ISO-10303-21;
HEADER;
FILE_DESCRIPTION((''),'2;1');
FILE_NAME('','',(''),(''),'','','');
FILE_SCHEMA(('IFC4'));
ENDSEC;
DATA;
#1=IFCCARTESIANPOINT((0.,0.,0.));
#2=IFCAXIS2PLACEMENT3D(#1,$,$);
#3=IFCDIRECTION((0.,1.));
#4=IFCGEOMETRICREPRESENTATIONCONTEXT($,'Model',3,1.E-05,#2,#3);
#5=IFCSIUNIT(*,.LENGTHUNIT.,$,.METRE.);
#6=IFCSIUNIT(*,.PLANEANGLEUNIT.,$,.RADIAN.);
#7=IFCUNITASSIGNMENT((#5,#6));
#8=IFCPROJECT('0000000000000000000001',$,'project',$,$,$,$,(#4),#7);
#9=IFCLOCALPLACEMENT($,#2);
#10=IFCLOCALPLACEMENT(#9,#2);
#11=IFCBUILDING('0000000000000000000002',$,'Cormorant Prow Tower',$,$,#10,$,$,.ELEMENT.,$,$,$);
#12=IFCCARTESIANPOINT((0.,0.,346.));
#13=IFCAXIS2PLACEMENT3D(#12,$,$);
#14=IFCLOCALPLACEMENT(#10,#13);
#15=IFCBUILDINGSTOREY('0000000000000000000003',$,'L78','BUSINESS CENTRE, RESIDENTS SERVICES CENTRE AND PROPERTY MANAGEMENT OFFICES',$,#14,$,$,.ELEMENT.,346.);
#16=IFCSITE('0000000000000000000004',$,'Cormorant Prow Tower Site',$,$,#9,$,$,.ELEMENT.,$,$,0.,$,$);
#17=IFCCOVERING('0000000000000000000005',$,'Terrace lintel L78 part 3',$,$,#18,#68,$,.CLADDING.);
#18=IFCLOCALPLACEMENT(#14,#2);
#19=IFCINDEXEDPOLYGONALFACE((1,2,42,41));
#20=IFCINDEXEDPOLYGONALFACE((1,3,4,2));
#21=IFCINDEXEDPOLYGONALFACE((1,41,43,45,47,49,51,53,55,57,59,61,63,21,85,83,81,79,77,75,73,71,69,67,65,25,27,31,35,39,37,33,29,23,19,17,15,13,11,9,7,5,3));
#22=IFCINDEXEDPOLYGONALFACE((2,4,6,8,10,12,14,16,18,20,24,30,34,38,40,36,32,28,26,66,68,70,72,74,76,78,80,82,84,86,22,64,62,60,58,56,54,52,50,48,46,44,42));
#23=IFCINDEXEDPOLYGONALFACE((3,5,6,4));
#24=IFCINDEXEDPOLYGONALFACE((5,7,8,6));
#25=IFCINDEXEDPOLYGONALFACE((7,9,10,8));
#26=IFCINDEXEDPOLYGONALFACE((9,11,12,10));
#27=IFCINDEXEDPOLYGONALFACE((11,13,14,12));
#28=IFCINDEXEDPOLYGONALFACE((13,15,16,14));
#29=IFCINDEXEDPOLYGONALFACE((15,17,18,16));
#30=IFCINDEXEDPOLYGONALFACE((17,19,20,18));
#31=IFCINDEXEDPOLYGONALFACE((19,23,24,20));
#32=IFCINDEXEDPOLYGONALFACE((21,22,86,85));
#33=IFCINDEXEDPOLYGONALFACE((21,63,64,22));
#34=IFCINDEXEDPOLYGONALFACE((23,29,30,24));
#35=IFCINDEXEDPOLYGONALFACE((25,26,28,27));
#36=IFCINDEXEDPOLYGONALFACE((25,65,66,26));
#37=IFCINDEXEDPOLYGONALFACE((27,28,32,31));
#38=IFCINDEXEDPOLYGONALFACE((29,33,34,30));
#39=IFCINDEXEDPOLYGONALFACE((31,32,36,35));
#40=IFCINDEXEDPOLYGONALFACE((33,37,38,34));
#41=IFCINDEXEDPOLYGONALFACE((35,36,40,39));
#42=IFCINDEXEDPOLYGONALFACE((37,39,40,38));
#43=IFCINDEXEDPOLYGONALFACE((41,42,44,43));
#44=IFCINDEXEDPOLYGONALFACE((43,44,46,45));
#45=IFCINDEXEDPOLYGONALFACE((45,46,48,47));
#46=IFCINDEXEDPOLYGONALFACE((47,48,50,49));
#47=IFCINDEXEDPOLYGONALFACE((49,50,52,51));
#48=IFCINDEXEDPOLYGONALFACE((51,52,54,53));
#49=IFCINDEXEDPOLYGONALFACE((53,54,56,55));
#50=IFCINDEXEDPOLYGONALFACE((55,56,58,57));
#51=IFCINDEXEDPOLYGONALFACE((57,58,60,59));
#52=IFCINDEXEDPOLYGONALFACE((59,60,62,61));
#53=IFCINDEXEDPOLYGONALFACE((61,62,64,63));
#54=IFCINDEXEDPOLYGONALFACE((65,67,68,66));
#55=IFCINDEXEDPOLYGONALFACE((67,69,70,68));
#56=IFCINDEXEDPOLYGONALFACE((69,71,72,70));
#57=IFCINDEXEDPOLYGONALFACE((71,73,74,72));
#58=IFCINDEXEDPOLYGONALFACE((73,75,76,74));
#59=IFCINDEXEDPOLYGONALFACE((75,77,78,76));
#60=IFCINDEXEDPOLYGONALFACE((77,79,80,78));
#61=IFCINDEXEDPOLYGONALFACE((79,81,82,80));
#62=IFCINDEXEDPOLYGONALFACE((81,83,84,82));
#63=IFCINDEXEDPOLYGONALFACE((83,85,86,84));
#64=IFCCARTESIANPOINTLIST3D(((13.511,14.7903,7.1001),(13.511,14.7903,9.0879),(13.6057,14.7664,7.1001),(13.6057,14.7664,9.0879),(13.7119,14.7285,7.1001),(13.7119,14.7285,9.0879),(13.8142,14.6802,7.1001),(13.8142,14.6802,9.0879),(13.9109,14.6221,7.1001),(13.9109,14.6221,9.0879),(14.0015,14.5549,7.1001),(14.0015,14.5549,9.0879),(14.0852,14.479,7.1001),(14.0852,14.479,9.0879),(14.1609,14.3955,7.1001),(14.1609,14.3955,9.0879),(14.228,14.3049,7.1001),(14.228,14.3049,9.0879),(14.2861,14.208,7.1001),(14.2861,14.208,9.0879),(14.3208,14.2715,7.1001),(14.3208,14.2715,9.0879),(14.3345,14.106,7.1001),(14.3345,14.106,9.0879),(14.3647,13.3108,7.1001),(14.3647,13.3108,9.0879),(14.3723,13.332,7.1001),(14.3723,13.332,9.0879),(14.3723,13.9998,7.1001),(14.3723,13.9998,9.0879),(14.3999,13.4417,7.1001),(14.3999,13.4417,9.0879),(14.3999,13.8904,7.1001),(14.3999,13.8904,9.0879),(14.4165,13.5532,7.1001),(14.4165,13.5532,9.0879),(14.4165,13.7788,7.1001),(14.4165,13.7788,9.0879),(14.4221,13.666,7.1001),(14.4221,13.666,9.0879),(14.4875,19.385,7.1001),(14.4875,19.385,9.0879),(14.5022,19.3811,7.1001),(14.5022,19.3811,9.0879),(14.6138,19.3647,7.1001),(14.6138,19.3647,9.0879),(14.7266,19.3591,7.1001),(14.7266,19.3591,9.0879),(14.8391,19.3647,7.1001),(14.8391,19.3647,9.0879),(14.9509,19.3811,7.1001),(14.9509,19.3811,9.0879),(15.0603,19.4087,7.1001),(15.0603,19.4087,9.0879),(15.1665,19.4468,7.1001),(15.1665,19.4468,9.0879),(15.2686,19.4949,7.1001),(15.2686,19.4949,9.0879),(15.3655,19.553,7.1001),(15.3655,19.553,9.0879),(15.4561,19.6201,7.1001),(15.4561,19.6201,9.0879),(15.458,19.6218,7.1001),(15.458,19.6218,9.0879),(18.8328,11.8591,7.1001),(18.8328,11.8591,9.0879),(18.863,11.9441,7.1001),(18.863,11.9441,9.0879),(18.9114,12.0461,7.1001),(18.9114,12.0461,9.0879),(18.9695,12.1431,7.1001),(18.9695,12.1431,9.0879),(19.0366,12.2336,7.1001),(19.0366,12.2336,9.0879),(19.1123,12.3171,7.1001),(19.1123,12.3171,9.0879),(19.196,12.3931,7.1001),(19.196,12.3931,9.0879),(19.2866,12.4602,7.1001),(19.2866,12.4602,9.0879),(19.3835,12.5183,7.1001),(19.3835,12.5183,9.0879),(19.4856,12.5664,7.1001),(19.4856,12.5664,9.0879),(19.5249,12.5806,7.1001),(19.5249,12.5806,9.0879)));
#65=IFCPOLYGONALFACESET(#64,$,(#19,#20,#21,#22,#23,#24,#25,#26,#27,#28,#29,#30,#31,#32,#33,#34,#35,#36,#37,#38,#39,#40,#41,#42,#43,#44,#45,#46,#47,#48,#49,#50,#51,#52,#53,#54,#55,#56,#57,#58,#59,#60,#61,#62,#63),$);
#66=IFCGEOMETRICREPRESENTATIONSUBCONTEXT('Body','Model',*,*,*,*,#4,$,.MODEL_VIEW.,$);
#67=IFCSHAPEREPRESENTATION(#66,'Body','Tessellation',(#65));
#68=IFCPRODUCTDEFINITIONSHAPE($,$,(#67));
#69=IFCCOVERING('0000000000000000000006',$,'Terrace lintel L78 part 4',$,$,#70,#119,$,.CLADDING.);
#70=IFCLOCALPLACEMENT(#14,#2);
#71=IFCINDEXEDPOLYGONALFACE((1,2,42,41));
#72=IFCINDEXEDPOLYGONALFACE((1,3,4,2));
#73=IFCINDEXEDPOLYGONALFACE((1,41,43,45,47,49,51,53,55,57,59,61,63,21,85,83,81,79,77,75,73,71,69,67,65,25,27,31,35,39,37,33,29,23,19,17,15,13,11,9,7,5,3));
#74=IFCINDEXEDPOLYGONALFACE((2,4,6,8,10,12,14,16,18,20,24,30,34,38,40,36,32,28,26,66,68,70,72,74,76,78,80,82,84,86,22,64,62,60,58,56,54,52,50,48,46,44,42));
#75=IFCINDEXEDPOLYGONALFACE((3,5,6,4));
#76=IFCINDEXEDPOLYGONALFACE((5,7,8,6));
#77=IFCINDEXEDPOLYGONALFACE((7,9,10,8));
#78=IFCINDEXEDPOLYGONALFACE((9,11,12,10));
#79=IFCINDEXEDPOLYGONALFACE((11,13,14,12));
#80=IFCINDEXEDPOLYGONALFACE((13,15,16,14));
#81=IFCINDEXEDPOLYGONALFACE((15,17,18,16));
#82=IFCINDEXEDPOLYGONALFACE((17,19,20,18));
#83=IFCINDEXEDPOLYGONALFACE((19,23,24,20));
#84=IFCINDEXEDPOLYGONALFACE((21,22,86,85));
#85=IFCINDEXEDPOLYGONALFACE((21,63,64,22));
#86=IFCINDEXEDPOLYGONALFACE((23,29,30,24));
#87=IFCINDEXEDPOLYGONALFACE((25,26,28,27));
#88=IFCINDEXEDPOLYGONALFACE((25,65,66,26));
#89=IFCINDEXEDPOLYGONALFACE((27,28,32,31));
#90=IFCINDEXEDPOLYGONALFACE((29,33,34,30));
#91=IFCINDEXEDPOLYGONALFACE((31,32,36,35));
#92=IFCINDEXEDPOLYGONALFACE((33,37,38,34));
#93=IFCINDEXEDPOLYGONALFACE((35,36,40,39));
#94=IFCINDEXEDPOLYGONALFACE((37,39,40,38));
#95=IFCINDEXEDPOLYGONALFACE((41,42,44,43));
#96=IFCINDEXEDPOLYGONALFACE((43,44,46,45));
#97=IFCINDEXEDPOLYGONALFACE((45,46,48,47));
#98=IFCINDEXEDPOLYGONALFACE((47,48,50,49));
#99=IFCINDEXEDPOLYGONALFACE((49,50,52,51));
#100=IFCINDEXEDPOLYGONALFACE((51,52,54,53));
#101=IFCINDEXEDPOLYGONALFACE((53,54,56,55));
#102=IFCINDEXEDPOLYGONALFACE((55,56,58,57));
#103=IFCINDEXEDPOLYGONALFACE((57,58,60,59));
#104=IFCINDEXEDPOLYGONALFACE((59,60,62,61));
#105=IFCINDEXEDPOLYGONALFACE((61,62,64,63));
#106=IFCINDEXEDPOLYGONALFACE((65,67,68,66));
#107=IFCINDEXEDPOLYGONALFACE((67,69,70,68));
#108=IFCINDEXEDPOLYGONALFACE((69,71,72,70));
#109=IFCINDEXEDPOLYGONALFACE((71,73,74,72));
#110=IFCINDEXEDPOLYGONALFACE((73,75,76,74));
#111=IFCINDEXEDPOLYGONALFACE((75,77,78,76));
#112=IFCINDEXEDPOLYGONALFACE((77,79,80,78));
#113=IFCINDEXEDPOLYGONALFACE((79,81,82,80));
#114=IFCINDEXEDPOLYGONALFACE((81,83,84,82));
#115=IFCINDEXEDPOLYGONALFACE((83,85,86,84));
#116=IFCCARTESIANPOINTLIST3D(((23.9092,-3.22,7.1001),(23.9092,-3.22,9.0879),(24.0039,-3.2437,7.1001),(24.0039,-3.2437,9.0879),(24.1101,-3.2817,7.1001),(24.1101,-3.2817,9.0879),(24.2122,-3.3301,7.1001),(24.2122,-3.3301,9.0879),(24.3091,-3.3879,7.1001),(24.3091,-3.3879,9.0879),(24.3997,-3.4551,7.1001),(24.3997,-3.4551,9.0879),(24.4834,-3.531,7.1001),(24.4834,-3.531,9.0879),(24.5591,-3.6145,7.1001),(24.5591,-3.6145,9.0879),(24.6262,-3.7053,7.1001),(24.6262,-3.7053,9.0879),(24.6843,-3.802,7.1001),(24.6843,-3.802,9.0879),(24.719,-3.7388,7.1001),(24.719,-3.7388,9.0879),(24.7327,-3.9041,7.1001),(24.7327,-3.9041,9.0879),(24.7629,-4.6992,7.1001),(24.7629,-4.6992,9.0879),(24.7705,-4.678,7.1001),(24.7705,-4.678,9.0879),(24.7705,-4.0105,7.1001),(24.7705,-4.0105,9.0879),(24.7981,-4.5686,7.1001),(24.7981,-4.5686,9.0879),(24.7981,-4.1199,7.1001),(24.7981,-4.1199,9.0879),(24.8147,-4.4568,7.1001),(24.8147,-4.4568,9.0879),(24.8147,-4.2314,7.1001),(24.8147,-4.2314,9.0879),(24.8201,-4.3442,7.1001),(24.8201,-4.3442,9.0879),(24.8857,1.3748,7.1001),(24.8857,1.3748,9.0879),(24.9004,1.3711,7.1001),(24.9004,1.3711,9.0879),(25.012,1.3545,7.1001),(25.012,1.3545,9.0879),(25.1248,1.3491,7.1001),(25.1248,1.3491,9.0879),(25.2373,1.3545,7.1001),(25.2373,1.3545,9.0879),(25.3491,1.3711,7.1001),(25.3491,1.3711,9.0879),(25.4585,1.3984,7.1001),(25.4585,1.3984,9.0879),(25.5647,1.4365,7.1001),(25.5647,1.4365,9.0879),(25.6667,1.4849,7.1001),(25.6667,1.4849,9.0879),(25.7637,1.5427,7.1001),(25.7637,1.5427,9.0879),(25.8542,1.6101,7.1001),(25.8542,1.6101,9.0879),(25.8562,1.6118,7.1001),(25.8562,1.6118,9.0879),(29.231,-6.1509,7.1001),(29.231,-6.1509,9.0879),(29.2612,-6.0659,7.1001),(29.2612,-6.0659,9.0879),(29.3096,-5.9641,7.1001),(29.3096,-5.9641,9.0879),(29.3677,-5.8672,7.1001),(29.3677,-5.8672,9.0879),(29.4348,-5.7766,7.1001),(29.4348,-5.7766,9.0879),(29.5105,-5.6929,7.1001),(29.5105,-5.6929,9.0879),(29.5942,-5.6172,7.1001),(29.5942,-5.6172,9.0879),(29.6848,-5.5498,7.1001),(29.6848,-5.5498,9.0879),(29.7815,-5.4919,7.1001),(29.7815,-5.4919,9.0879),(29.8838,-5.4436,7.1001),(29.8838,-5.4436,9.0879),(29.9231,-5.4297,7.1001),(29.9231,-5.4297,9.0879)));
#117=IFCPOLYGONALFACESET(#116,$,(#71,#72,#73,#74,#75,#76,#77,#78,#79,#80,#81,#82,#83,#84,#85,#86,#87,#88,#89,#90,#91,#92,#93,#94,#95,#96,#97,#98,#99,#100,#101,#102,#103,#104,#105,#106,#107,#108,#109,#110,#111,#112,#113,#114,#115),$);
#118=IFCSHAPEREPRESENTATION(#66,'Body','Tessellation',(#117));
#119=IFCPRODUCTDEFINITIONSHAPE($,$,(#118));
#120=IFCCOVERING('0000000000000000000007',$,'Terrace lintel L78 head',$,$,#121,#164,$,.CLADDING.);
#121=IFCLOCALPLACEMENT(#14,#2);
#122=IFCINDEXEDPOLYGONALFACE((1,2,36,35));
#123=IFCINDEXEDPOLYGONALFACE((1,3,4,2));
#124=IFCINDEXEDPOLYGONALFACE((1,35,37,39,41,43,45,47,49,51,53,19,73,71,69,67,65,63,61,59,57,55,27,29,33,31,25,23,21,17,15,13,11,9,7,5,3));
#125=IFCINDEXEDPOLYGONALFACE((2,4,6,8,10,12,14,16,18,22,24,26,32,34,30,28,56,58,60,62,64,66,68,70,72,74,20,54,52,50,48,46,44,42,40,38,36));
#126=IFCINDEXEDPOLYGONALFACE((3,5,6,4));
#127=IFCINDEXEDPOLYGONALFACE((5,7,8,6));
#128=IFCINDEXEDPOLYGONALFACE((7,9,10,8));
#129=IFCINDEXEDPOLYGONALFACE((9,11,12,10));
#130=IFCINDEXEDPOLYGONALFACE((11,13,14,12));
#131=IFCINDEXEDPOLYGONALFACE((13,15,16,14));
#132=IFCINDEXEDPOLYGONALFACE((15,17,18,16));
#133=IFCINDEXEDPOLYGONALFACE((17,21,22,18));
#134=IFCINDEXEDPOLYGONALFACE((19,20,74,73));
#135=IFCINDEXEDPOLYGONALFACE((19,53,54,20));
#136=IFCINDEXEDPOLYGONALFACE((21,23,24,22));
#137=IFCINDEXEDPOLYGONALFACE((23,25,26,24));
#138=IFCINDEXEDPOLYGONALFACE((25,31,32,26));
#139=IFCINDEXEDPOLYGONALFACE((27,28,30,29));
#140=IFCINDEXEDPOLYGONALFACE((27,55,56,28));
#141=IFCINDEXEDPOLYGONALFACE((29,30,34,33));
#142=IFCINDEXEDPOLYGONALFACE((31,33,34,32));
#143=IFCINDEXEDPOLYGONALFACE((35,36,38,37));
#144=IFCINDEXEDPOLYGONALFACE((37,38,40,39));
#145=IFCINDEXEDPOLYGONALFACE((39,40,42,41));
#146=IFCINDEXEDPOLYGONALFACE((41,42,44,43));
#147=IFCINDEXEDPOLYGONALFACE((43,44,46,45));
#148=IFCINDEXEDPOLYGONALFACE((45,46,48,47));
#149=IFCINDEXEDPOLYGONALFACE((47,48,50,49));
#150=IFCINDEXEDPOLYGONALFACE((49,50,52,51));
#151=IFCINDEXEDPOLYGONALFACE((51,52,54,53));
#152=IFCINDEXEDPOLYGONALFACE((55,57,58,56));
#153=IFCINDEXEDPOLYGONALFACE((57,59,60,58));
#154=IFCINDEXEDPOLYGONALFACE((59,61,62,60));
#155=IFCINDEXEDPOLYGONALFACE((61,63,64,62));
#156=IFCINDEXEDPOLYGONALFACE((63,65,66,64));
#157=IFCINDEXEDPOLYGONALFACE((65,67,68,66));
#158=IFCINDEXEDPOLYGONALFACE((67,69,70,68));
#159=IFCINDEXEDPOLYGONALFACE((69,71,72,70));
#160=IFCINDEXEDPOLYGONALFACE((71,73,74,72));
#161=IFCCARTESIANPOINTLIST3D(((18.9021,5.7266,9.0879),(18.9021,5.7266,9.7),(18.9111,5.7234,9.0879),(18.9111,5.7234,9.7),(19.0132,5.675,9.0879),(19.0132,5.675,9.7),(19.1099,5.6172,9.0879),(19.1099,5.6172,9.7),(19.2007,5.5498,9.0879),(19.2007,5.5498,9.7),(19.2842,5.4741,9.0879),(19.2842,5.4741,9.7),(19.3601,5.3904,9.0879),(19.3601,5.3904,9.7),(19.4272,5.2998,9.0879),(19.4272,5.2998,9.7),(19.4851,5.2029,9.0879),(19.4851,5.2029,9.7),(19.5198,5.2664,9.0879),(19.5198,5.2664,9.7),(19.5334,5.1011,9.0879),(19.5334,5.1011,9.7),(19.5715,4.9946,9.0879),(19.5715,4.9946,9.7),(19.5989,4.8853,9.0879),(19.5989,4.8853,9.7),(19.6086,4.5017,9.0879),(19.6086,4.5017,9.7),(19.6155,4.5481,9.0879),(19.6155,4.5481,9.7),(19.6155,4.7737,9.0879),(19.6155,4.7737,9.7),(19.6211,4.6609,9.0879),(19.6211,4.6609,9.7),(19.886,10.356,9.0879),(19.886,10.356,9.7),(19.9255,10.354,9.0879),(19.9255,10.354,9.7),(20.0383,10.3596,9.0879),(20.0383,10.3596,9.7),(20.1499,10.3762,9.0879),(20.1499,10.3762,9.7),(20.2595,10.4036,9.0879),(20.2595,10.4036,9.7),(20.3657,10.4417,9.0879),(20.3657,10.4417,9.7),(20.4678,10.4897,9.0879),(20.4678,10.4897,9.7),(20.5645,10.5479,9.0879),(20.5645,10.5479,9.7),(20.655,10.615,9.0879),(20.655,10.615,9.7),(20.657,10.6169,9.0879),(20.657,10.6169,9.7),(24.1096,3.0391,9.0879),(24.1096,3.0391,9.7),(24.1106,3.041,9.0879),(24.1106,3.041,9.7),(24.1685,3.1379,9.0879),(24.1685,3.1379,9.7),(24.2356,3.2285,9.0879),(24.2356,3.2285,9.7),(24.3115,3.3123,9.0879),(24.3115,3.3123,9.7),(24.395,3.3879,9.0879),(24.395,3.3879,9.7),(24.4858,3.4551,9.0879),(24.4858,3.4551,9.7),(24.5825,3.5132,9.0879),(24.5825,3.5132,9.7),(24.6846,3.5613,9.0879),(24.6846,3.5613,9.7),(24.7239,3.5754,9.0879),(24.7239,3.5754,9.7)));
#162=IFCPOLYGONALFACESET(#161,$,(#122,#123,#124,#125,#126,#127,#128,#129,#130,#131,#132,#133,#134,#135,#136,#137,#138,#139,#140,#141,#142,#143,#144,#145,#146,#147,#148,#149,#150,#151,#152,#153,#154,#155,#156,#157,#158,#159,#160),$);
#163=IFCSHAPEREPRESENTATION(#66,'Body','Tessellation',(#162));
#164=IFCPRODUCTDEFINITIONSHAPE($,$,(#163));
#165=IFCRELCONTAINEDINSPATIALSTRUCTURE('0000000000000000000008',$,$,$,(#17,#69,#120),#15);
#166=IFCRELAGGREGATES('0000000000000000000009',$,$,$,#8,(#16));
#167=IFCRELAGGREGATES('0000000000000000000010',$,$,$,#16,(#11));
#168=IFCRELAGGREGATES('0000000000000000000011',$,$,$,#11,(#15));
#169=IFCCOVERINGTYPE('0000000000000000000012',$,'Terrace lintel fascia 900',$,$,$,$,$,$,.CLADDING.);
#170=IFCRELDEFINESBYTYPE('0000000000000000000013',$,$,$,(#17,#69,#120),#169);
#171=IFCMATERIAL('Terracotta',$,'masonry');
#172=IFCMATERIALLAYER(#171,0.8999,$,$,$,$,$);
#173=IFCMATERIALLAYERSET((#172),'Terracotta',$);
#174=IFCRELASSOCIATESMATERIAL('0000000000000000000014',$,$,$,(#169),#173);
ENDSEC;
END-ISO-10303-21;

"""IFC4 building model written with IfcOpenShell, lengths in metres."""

from ifc_helpers import new_model, si_unit, direction, frame, origin, place, context, subcontext, project, spatial, polyline, outline, extrude, material, layer, layer_set, type_object, element, save


model = new_model("IFC4")

# Units and contexts
model_context = context("Model", 3, precision=1e-05, world=origin(), true_north=direction((0.0, 1.0)))
body_context = subcontext(model_context, "Body", "Model", "MODEL_VIEW")
ifc_project = project(units=[si_unit("LENGTHUNIT", "METRE"), si_unit("PLANEANGLEUNIT", "RADIAN")], contexts=[model_context])

# Site, building, storey
site_placement = place(None, origin())
site = spatial("IfcSite", under=ifc_project, at=site_placement, Name="Cormorant Prow Tower Site", CompositionType="ELEMENT", RefElevation=0.0)
building_placement = place(site_placement, origin())
building = spatial("IfcBuilding", under=site, at=building_placement, Name="Cormorant Prow Tower", CompositionType="ELEMENT")
storey_placement = place(building_placement, frame((0.0, 0.0, 346.0)))
storey = spatial("IfcBuildingStorey", under=building, at=storey_placement, Name="L78", Description="BUSINESS CENTRE, RESIDENTS SERVICES CENTRE AND PROPERTY MANAGEMENT OFFICES", CompositionType="ELEMENT", Elevation=346.0)

# Coverings
ifc_material_1 = material(Name="Terracotta", Category="masonry")
ifc_layer_1 = layer(ifc_material_1, 0.8999)
ifc_layer_set_1 = layer_set([ifc_layer_1], Name="Terracotta")
covering_type = type_object("IfcCoveringType", Name="Terrace lintel fascia 900", PredefinedType="CLADDING", material=ifc_layer_set_1)
covering_1_placement = place(storey_placement, frame((0.0, 0.0, 7.1001)))
element("IfcCovering", 1, at=covering_1_placement, inside=storey, type_object=covering_type, Name="Terrace lintel L78 part 3", PredefinedType="CLADDING", context=body_context, shape_type="SweptSolid", body=[
    extrude(outline(polyline([(14.3647, 13.3108), (14.3723, 13.332), (14.3999, 13.4417), (14.4165, 13.5532), (14.4221, 13.666), (14.4165, 13.7788), (14.3999, 13.8904), (14.3723, 13.9998), (14.3345, 14.106), (14.2861, 14.208), (14.228, 14.3049), (14.1609, 14.3955), (14.0852, 14.479), (14.0015, 14.5549), (13.9109, 14.6221), (13.8142, 14.6802), (13.7119, 14.7285), (13.6057, 14.7664), (13.511, 14.7903), (14.4875, 19.385), (14.5022, 19.3811), (14.6138, 19.3647), (14.7266, 19.3591), (14.8391, 19.3647), (14.9509, 19.3811), (15.0603, 19.4087), (15.1665, 19.4468), (15.2686, 19.4949), (15.3655, 19.553), (15.4561, 19.6201), (15.458, 19.6218), (14.3208, 14.2715), (19.5249, 12.5806), (19.4856, 12.5664), (19.3835, 12.5183), (19.2866, 12.4602), (19.196, 12.3931), (19.1123, 12.3171), (19.0366, 12.2336), (18.9695, 12.1431), (18.9114, 12.0461), (18.863, 11.9441), (18.8328, 11.8591), (14.3647, 13.3108)])), origin(), (0.0, 0.0, 1.0), 1.9878),
])
covering_2_placement = place(storey_placement, frame((0.0, 0.0, 7.1001)))
element("IfcCovering", 2, at=covering_2_placement, inside=storey, type_object=covering_type, Name="Terrace lintel L78 part 4", PredefinedType="CLADDING", context=body_context, shape_type="SweptSolid", body=[
    extrude(outline(polyline([(24.8857, 1.3748), (24.9004, 1.3711), (25.012, 1.3545), (25.1248, 1.3491), (25.2373, 1.3545), (25.3491, 1.3711), (25.4585, 1.3984), (25.5647, 1.4365), (25.6667, 1.4849), (25.7637, 1.5427), (25.8542, 1.6101), (25.8562, 1.6118), (24.719, -3.7388), (29.9231, -5.4297), (29.8838, -5.4436), (29.7815, -5.4919), (29.6848, -5.5498), (29.5942, -5.6172), (29.5105, -5.6929), (29.4348, -5.7766), (29.3677, -5.8672), (29.3096, -5.9641), (29.2612, -6.0659), (29.231, -6.1509), (24.7629, -4.6992), (24.7705, -4.678), (24.7981, -4.5686), (24.8147, -4.4568), (24.8201, -4.3442), (24.8147, -4.2314), (24.7981, -4.1199), (24.7705, -4.0105), (24.7327, -3.9041), (24.6843, -3.802), (24.6262, -3.7053), (24.5591, -3.6145), (24.4834, -3.531), (24.3997, -3.4551), (24.3091, -3.3879), (24.2122, -3.3301), (24.1101, -3.2817), (24.0039, -3.2437), (23.9092, -3.22), (24.8857, 1.3748)])), origin(), (0.0, 0.0, 1.0), 1.9878),
])
covering_3_placement = place(storey_placement, frame((0.0, 0.0, 9.0879)))
element("IfcCovering", 3, at=covering_3_placement, inside=storey, type_object=covering_type, Name="Terrace lintel L78 head", PredefinedType="CLADDING", context=body_context, shape_type="SweptSolid", body=[
    extrude(outline(polyline([(19.6155, 4.5481), (19.6211, 4.6609), (19.6155, 4.7737), (19.5989, 4.8853), (19.5715, 4.9946), (19.5334, 5.1011), (19.4851, 5.2029), (19.4272, 5.2998), (19.3601, 5.3904), (19.2842, 5.4741), (19.2007, 5.5498), (19.1099, 5.6172), (19.0132, 5.675), (18.9111, 5.7234), (18.9021, 5.7266), (19.886, 10.356), (19.9255, 10.354), (20.0383, 10.3596), (20.1499, 10.3762), (20.2595, 10.4036), (20.3657, 10.4417), (20.4678, 10.4897), (20.5645, 10.5479), (20.655, 10.615), (20.657, 10.6169), (19.5198, 5.2664), (24.7239, 3.5754), (24.6846, 3.5613), (24.5825, 3.5132), (24.4858, 3.4551), (24.395, 3.3879), (24.3115, 3.3123), (24.2356, 3.2285), (24.1685, 3.1379), (24.1106, 3.041), (24.1096, 3.0391), (19.6086, 4.5017), (19.6155, 4.5481)])), origin(), (0.0, 0.0, 1.0), 0.6121),
])

save(model, "model.ifc")
